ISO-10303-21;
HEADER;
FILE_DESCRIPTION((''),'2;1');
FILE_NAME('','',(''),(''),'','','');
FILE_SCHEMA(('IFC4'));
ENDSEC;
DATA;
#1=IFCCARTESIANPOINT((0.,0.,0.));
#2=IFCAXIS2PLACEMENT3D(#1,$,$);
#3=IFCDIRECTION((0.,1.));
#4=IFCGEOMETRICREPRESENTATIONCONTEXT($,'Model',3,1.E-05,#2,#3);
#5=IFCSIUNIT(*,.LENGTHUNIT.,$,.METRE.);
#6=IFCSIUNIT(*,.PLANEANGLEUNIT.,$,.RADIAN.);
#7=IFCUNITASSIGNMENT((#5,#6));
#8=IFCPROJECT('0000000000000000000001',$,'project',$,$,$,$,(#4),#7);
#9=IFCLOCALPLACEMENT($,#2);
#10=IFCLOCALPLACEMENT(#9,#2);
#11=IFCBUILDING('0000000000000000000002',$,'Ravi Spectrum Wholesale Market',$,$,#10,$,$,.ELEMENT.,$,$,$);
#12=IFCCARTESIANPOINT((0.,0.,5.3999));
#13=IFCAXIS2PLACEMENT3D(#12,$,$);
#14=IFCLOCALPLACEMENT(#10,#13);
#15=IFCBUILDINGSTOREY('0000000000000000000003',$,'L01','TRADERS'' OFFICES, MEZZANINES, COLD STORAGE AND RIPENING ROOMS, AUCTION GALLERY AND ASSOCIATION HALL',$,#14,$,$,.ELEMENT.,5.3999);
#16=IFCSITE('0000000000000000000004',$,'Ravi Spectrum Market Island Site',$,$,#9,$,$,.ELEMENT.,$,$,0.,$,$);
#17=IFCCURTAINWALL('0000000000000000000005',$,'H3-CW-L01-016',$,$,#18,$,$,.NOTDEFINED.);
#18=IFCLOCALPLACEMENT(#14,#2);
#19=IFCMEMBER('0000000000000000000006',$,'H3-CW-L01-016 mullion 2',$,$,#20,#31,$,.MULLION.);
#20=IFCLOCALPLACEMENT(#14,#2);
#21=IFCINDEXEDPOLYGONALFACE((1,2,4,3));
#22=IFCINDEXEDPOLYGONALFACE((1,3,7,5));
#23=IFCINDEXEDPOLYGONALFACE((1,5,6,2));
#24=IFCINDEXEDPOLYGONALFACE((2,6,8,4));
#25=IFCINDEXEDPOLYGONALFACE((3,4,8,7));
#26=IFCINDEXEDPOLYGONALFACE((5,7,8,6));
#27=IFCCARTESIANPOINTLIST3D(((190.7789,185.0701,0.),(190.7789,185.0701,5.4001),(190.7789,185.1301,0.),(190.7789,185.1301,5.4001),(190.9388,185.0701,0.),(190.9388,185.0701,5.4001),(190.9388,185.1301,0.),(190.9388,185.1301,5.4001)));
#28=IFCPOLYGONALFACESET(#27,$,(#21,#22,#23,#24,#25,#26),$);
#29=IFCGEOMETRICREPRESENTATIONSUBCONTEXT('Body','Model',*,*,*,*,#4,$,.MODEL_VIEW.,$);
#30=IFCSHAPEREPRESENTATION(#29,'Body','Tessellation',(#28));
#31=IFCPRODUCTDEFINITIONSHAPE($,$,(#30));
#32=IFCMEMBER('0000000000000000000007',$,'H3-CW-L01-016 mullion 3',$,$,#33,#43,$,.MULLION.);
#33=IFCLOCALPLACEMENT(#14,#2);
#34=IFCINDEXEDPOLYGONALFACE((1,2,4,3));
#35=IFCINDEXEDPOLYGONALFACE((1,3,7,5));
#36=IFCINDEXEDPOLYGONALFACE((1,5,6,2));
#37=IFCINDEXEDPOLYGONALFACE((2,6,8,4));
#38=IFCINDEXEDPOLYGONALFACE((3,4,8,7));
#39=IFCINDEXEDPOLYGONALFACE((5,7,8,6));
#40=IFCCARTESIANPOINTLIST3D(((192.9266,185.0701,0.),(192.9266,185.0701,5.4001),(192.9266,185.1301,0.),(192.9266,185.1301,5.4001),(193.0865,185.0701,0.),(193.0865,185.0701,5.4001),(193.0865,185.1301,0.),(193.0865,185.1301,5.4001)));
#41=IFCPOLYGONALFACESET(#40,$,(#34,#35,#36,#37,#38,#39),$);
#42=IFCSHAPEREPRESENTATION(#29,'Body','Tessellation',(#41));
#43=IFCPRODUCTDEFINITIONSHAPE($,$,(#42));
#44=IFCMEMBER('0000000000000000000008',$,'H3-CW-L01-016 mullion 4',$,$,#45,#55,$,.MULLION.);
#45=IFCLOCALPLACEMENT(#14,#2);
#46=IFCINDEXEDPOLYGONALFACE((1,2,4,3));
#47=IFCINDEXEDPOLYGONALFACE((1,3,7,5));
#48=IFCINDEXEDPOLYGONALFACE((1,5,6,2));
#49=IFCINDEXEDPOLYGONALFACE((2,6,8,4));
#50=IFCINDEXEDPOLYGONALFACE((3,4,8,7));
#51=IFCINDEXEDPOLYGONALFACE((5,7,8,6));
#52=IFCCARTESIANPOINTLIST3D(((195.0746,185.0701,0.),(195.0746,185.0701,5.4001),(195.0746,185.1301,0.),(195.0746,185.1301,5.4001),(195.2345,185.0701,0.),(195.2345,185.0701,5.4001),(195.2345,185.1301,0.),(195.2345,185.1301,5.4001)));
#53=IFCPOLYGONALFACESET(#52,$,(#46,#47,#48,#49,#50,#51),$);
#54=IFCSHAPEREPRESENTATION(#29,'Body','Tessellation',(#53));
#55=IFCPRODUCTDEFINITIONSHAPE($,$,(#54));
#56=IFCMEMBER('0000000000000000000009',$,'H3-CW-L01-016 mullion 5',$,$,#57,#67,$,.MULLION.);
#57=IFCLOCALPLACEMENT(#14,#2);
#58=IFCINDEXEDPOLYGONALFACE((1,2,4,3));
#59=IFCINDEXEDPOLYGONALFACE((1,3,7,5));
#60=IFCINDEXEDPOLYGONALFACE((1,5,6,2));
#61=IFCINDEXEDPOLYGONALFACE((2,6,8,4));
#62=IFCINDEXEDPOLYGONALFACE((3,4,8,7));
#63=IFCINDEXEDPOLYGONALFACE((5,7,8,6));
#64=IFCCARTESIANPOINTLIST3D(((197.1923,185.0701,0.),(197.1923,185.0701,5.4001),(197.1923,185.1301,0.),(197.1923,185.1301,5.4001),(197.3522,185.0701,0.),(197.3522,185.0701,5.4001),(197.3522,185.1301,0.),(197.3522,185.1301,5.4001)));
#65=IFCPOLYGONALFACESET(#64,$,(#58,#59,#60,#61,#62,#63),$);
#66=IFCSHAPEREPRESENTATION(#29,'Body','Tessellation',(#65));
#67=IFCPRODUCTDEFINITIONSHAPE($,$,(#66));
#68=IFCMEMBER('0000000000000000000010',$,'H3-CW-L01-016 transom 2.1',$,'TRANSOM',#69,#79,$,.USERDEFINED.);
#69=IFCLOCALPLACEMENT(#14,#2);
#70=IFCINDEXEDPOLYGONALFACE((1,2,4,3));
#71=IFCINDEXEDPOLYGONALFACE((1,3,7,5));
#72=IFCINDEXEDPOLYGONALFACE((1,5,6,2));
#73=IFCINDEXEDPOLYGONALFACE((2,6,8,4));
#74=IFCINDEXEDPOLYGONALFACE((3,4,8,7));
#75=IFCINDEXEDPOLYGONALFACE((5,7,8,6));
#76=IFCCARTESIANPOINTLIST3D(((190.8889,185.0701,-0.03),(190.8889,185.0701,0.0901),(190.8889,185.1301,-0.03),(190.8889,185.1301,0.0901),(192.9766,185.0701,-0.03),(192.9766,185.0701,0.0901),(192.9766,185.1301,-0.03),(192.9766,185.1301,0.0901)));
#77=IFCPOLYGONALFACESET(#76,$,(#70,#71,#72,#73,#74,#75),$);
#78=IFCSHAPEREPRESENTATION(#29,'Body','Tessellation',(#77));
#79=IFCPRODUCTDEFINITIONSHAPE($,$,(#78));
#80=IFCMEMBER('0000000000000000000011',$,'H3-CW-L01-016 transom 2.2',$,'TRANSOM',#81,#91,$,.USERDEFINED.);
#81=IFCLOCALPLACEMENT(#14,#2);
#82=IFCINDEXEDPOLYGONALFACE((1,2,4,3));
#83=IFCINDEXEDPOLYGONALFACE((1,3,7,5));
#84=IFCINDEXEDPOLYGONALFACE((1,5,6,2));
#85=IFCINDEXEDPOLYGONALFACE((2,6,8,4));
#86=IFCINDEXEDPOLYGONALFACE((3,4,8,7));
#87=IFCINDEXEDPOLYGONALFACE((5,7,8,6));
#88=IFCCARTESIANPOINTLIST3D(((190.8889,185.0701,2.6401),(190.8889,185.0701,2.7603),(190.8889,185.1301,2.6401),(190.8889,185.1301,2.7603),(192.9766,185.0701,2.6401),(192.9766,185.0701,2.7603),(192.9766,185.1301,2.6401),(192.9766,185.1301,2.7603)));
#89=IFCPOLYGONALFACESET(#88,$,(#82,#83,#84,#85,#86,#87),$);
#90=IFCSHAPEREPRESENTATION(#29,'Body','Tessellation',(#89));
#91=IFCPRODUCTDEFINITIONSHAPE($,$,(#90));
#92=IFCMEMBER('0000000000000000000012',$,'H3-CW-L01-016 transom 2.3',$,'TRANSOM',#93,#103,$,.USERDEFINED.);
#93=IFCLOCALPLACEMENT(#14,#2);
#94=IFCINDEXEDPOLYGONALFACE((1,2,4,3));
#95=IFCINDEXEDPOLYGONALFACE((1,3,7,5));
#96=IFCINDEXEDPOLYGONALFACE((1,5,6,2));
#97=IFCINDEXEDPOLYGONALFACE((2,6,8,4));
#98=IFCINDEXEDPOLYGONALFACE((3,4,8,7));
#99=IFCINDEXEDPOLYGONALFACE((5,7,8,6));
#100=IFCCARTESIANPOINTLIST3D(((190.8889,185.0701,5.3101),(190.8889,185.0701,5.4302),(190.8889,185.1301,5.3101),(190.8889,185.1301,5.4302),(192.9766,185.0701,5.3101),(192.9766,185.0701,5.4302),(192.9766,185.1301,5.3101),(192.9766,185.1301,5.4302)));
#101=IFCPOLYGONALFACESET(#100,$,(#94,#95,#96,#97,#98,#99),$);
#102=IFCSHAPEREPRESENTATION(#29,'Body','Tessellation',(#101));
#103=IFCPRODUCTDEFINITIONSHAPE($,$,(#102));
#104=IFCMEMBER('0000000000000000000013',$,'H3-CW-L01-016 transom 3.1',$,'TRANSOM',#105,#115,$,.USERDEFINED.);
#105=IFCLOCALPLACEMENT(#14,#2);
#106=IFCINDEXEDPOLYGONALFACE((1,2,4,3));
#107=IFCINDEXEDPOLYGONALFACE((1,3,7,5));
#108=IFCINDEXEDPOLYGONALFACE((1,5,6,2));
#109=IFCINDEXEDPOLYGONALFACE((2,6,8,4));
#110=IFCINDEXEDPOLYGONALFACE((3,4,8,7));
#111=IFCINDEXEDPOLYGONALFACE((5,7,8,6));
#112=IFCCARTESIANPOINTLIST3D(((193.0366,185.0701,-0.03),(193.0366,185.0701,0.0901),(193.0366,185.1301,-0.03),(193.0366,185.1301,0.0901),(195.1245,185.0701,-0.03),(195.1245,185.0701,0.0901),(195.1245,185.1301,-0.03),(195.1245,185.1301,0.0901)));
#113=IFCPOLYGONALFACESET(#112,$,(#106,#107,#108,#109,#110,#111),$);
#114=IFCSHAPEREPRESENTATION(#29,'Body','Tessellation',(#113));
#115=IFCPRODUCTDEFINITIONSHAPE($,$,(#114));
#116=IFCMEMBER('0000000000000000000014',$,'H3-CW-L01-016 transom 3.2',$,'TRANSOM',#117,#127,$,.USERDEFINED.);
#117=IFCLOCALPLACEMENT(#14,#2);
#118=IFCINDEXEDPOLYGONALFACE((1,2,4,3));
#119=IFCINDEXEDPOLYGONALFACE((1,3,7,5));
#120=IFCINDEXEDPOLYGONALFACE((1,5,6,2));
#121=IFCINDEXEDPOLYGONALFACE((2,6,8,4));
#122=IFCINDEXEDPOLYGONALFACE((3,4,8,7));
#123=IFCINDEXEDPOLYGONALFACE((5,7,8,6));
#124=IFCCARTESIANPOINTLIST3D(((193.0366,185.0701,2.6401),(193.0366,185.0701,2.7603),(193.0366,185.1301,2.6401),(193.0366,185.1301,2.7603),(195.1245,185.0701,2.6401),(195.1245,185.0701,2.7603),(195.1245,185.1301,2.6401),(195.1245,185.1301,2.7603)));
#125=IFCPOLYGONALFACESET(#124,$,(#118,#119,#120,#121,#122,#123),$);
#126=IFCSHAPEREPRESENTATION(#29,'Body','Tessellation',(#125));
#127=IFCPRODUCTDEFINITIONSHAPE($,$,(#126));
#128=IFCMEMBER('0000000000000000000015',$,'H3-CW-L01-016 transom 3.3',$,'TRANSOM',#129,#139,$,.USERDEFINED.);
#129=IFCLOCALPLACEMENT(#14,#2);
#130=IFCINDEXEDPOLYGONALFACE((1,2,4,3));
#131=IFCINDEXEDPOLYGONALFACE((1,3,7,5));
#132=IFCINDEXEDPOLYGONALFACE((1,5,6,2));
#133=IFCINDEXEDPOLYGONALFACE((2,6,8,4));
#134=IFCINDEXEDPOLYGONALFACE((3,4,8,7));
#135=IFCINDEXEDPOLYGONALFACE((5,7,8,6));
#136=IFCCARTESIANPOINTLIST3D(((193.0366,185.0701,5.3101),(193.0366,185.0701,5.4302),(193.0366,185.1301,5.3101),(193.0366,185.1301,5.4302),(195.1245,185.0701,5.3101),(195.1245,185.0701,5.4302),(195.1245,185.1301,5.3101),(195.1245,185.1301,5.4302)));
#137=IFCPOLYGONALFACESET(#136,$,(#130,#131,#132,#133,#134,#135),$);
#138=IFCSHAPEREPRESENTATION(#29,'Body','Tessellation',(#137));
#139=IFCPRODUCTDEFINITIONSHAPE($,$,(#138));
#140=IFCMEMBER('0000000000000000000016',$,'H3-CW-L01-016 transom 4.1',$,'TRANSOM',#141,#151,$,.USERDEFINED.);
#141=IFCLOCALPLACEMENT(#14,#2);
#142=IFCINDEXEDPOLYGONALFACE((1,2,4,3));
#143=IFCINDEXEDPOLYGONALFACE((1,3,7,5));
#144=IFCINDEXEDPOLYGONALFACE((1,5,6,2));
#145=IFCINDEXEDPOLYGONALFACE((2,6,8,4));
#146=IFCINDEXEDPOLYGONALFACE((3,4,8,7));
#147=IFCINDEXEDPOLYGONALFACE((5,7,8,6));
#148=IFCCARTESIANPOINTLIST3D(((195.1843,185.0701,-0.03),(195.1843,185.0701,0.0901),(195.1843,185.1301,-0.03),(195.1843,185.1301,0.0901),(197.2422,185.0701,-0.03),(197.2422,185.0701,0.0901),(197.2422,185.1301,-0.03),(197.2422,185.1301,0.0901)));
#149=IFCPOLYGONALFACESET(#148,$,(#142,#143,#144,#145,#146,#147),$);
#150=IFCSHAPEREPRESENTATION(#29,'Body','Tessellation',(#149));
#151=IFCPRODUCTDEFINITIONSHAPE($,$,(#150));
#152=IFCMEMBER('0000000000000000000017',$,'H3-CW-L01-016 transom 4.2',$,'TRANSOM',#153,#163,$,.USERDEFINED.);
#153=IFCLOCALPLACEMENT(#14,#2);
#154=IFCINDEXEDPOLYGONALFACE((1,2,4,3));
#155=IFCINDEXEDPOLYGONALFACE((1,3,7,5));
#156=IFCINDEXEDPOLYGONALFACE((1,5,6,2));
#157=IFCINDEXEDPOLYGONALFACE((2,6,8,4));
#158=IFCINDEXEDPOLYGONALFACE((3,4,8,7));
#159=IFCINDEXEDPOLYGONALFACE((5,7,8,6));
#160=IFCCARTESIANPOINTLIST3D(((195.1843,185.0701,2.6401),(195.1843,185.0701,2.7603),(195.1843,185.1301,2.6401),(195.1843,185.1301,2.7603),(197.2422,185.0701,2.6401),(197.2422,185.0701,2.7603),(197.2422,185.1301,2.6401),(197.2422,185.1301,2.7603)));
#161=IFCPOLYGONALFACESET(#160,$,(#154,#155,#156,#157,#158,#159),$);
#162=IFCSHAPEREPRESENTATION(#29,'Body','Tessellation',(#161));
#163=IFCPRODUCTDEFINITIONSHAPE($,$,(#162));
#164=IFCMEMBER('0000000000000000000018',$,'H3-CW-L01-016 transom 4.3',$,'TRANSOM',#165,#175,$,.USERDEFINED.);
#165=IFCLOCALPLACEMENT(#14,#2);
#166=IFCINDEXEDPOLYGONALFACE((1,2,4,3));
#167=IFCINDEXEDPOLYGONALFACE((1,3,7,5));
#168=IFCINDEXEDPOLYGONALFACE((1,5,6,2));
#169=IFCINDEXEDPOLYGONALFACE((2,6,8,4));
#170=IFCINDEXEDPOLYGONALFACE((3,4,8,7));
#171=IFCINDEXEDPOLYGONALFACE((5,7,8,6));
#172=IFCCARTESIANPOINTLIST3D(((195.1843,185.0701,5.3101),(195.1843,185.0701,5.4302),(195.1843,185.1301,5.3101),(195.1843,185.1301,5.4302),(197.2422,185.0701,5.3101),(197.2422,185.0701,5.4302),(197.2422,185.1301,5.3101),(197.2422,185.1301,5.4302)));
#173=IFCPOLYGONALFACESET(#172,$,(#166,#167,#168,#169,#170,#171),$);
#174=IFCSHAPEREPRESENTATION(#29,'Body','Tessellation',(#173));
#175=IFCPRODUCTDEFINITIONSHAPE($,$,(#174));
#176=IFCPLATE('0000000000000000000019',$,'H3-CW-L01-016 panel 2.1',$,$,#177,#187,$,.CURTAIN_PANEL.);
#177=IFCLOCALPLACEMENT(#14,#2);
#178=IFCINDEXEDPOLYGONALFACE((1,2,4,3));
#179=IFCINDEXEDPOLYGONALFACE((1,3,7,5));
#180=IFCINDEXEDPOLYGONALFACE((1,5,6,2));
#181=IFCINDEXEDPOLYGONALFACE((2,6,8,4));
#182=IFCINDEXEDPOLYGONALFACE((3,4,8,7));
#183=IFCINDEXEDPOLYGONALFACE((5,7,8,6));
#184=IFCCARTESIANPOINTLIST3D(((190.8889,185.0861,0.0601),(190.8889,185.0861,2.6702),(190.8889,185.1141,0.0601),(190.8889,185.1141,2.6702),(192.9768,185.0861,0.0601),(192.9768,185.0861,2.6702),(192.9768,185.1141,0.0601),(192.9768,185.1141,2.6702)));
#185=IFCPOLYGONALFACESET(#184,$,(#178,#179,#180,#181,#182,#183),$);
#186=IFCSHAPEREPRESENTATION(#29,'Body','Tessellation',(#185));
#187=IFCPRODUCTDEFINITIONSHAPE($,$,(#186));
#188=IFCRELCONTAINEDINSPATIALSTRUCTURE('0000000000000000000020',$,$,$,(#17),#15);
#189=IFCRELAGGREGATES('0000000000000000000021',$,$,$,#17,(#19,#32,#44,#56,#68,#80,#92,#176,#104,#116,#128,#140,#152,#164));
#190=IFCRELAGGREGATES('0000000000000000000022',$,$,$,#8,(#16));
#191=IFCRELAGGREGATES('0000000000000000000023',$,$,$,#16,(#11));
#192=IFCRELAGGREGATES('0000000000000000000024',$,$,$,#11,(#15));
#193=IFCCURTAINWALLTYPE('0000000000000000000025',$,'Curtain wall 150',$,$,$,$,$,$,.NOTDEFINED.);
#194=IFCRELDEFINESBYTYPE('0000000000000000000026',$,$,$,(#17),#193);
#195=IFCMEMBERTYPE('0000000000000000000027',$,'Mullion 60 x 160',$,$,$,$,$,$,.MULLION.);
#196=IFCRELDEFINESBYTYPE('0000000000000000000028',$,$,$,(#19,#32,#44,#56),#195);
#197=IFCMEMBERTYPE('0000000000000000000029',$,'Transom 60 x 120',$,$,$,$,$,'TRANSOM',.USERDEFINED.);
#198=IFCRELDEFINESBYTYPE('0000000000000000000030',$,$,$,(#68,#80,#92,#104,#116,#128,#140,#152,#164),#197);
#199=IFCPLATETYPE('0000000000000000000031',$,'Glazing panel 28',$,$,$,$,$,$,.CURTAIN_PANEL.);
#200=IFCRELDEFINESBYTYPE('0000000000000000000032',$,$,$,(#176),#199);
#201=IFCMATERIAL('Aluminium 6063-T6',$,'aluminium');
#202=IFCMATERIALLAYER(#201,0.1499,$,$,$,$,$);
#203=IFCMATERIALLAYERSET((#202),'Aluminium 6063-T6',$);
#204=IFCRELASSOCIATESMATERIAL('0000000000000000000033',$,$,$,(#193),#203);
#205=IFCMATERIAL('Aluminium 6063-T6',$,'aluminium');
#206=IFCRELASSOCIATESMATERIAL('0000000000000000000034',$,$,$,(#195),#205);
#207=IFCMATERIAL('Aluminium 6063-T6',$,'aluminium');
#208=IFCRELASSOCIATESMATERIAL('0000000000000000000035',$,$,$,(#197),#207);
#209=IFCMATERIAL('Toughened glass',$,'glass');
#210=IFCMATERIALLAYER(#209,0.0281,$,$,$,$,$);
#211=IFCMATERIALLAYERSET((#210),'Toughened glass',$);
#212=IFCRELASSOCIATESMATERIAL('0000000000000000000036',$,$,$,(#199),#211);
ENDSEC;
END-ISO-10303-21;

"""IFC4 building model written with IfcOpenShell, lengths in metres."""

from ifc_helpers import new_model, si_unit, direction, frame, origin, origin_2d, place, context, subcontext, project, spatial, rectangle, extrude, material, layer, layer_set, material_profile, profile_set, type_object, element, aggregate, save


model = new_model("IFC4")

# Units and contexts
model_context = context("Model", 3, precision=1e-05, world=origin(), true_north=direction((0.0, 1.0)))
body_context = subcontext(model_context, "Body", "Model", "MODEL_VIEW")
ifc_project = project(units=[si_unit("LENGTHUNIT", "METRE"), si_unit("PLANEANGLEUNIT", "RADIAN")], contexts=[model_context])

# Site, building, storey
site_placement = place(None, origin())
site = spatial("IfcSite", under=ifc_project, at=site_placement, Name="Ravi Spectrum Market Island Site", CompositionType="ELEMENT", RefElevation=0.0)
building_placement = place(site_placement, origin())
building = spatial("IfcBuilding", under=site, at=building_placement, Name="Ravi Spectrum Wholesale Market", CompositionType="ELEMENT")
storey_placement = place(building_placement, frame((0.0, 0.0, 5.3999)))
storey = spatial("IfcBuildingStorey", under=building, at=storey_placement, Name="L01", Description="TRADERS' OFFICES, MEZZANINES, COLD STORAGE AND RIPENING ROOMS, AUCTION GALLERY AND ASSOCIATION HALL", CompositionType="ELEMENT", Elevation=5.3999)

# Curtain wall, members, plate
ifc_material_1 = material(Name="Aluminium 6063-T6", Category="aluminium")
ifc_layer_1 = layer(ifc_material_1, 0.1499)
ifc_layer_set_1 = layer_set([ifc_layer_1], Name="Aluminium 6063-T6")
curtain_wall_type = type_object("IfcCurtainWallType", Name="Curtain wall 150", PredefinedType="NOTDEFINED", material=ifc_layer_set_1)
curtain_wall_placement = place(storey_placement, origin())
curtain_wall = element("IfcCurtainWall", 1, at=curtain_wall_placement, inside=storey, type_object=curtain_wall_type, Name="H3-CW-L01-016", PredefinedType="NOTDEFINED")
ifc_material_2 = material(Name="Aluminium 6063-T6", Category="aluminium")
ifc_material_profile_1 = material_profile(ifc_material_2, rectangle(XDim=0.0601, YDim=0.1599, at=origin_2d()))
ifc_profile_set_1 = profile_set([ifc_material_profile_1], Name="Aluminium 6063-T6")
member_type_1 = type_object("IfcMemberType", Name="Mullion 60 x 160", PredefinedType="MULLION", material=ifc_profile_set_1)
member_1_placement = place(storey_placement, frame((190.8589, 185.1001, 0.0), z_axis=(0.0, 0.0, 1.0), x_axis=(0.0, 1.0, 0.0)))
member_1 = element("IfcMember", 2, at=member_1_placement, type_object=member_type_1, Name="H3-CW-L01-016 mullion 2", PredefinedType="MULLION", context=body_context, shape_type="SweptSolid", body=[
    extrude(rectangle(XDim=0.0601, YDim=0.1599, at=origin_2d()), origin(), (0.0, 0.0, 1.0), 5.4001),
])
member_2_placement = place(storey_placement, frame((193.0066, 185.1001, 0.0), z_axis=(0.0, 0.0, 1.0), x_axis=(0.0, 1.0, 0.0)))
member_2 = element("IfcMember", 3, at=member_2_placement, type_object=member_type_1, Name="H3-CW-L01-016 mullion 3", PredefinedType="MULLION", context=body_context, shape_type="SweptSolid", body=[
    extrude(rectangle(XDim=0.0601, YDim=0.1599, at=origin_2d()), origin(), (0.0, 0.0, 1.0), 5.4001),
])
member_3_placement = place(storey_placement, frame((195.1545, 185.1001, 0.0), z_axis=(0.0, 0.0, 1.0), x_axis=(0.0, 1.0, 0.0)))
member_3 = element("IfcMember", 4, at=member_3_placement, type_object=member_type_1, Name="H3-CW-L01-016 mullion 4", PredefinedType="MULLION", context=body_context, shape_type="SweptSolid", body=[
    extrude(rectangle(XDim=0.0601, YDim=0.1599, at=origin_2d()), origin(), (0.0, 0.0, 1.0), 5.4001),
])
member_4_placement = place(storey_placement, frame((197.2722, 185.1001, 0.0), z_axis=(0.0, 0.0, 1.0), x_axis=(0.0, 1.0, 0.0)))
member_4 = element("IfcMember", 5, at=member_4_placement, type_object=member_type_1, Name="H3-CW-L01-016 mullion 5", PredefinedType="MULLION", context=body_context, shape_type="SweptSolid", body=[
    extrude(rectangle(XDim=0.0601, YDim=0.1599, at=origin_2d()), origin(), (0.0, 0.0, 1.0), 5.4001),
])
ifc_material_3 = material(Name="Aluminium 6063-T6", Category="aluminium")
ifc_material_profile_2 = material_profile(ifc_material_3, rectangle(XDim=0.0601, YDim=0.1201, at=origin_2d()))
ifc_profile_set_2 = profile_set([ifc_material_profile_2], Name="Aluminium 6063-T6")
member_type_2 = type_object("IfcMemberType", Name="Transom 60 x 120", ElementType="TRANSOM", PredefinedType="USERDEFINED", material=ifc_profile_set_2)
member_5_placement = place(storey_placement, frame((190.8889, 185.1001, 0.03), z_axis=(1.0, 0.0, 0.0), x_axis=(0.0, 1.0, 0.0)))
member_5 = element("IfcMember", 6, at=member_5_placement, type_object=member_type_2, Name="H3-CW-L01-016 transom 2.1", ObjectType="TRANSOM", PredefinedType="USERDEFINED", context=body_context, shape_type="SweptSolid", body=[
    extrude(rectangle(XDim=0.0601, YDim=0.1201, at=origin_2d()), origin(), (0.0, 0.0, 1.0), 2.0876),
])
member_6_placement = place(storey_placement, frame((190.8889, 185.1001, 2.7002), z_axis=(1.0, 0.0, 0.0), x_axis=(0.0, 1.0, 0.0)))
member_6 = element("IfcMember", 7, at=member_6_placement, type_object=member_type_2, Name="H3-CW-L01-016 transom 2.2", ObjectType="TRANSOM", PredefinedType="USERDEFINED", context=body_context, shape_type="SweptSolid", body=[
    extrude(rectangle(XDim=0.0601, YDim=0.1201, at=origin_2d()), origin(), (0.0, 0.0, 1.0), 2.0876),
])
member_7_placement = place(storey_placement, frame((190.8889, 185.1001, 5.3701), z_axis=(1.0, 0.0, 0.0), x_axis=(0.0, 1.0, 0.0)))
member_7 = element("IfcMember", 8, at=member_7_placement, type_object=member_type_2, Name="H3-CW-L01-016 transom 2.3", ObjectType="TRANSOM", PredefinedType="USERDEFINED", context=body_context, shape_type="SweptSolid", body=[
    extrude(rectangle(XDim=0.0601, YDim=0.1201, at=origin_2d()), origin(), (0.0, 0.0, 1.0), 2.0876),
])
member_8_placement = place(storey_placement, frame((193.0366, 185.1001, 0.03), z_axis=(1.0, 0.0, 0.0), x_axis=(0.0, 1.0, 0.0)))
member_8 = element("IfcMember", 9, at=member_8_placement, type_object=member_type_2, Name="H3-CW-L01-016 transom 3.1", ObjectType="TRANSOM", PredefinedType="USERDEFINED", context=body_context, shape_type="SweptSolid", body=[
    extrude(rectangle(XDim=0.0601, YDim=0.1201, at=origin_2d()), origin(), (0.0, 0.0, 1.0), 2.0879),
])
member_9_placement = place(storey_placement, frame((193.0366, 185.1001, 2.7002), z_axis=(1.0, 0.0, 0.0), x_axis=(0.0, 1.0, 0.0)))
member_9 = element("IfcMember", 10, at=member_9_placement, type_object=member_type_2, Name="H3-CW-L01-016 transom 3.2", ObjectType="TRANSOM", PredefinedType="USERDEFINED", context=body_context, shape_type="SweptSolid", body=[
    extrude(rectangle(XDim=0.0601, YDim=0.1201, at=origin_2d()), origin(), (0.0, 0.0, 1.0), 2.0879),
])
member_10_placement = place(storey_placement, frame((193.0366, 185.1001, 5.3701), z_axis=(1.0, 0.0, 0.0), x_axis=(0.0, 1.0, 0.0)))
member_10 = element("IfcMember", 11, at=member_10_placement, type_object=member_type_2, Name="H3-CW-L01-016 transom 3.3", ObjectType="TRANSOM", PredefinedType="USERDEFINED", context=body_context, shape_type="SweptSolid", body=[
    extrude(rectangle(XDim=0.0601, YDim=0.1201, at=origin_2d()), origin(), (0.0, 0.0, 1.0), 2.0879),
])
member_11_placement = place(storey_placement, frame((195.1843, 185.1001, 0.03), z_axis=(1.0, 0.0, 0.0), x_axis=(0.0, 1.0, 0.0)))
member_11 = element("IfcMember", 12, at=member_11_placement, type_object=member_type_2, Name="H3-CW-L01-016 transom 4.1", ObjectType="TRANSOM", PredefinedType="USERDEFINED", context=body_context, shape_type="SweptSolid", body=[
    extrude(rectangle(XDim=0.0601, YDim=0.1201, at=origin_2d()), origin(), (0.0, 0.0, 1.0), 2.0579),
])
member_12_placement = place(storey_placement, frame((195.1843, 185.1001, 2.7002), z_axis=(1.0, 0.0, 0.0), x_axis=(0.0, 1.0, 0.0)))
member_12 = element("IfcMember", 13, at=member_12_placement, type_object=member_type_2, Name="H3-CW-L01-016 transom 4.2", ObjectType="TRANSOM", PredefinedType="USERDEFINED", context=body_context, shape_type="SweptSolid", body=[
    extrude(rectangle(XDim=0.0601, YDim=0.1201, at=origin_2d()), origin(), (0.0, 0.0, 1.0), 2.0579),
])
member_13_placement = place(storey_placement, frame((195.1843, 185.1001, 5.3701), z_axis=(1.0, 0.0, 0.0), x_axis=(0.0, 1.0, 0.0)))
member_13 = element("IfcMember", 14, at=member_13_placement, type_object=member_type_2, Name="H3-CW-L01-016 transom 4.3", ObjectType="TRANSOM", PredefinedType="USERDEFINED", context=body_context, shape_type="SweptSolid", body=[
    extrude(rectangle(XDim=0.0601, YDim=0.1201, at=origin_2d()), origin(), (0.0, 0.0, 1.0), 2.0579),
])
ifc_material_4 = material(Name="Toughened glass", Category="glass")
ifc_layer_2 = layer(ifc_material_4, 0.0281)
ifc_layer_set_2 = layer_set([ifc_layer_2], Name="Toughened glass")
plate_type = type_object("IfcPlateType", Name="Glazing panel 28", PredefinedType="CURTAIN_PANEL", material=ifc_layer_set_2)
plate_1_placement = place(storey_placement, frame((191.9329, 185.1001, 0.0601), z_axis=(0.0, 0.0, 1.0), x_axis=(1.0, 0.0, 0.0)))
plate_1 = element("IfcPlate", 15, at=plate_1_placement, type_object=plate_type, Name="H3-CW-L01-016 panel 2.1", PredefinedType="CURTAIN_PANEL", context=body_context, shape_type="SweptSolid", body=[
    extrude(rectangle(XDim=2.0879, YDim=0.0281, at=origin_2d()), origin(), (0.0, 0.0, 1.0), 2.6101),
])
aggregate(curtain_wall, [member_1, member_2, member_3, member_4, member_5, member_6, member_7, plate_1, member_8, member_9, member_10, member_11, member_12, member_13])

save(model, "model.ifc")
